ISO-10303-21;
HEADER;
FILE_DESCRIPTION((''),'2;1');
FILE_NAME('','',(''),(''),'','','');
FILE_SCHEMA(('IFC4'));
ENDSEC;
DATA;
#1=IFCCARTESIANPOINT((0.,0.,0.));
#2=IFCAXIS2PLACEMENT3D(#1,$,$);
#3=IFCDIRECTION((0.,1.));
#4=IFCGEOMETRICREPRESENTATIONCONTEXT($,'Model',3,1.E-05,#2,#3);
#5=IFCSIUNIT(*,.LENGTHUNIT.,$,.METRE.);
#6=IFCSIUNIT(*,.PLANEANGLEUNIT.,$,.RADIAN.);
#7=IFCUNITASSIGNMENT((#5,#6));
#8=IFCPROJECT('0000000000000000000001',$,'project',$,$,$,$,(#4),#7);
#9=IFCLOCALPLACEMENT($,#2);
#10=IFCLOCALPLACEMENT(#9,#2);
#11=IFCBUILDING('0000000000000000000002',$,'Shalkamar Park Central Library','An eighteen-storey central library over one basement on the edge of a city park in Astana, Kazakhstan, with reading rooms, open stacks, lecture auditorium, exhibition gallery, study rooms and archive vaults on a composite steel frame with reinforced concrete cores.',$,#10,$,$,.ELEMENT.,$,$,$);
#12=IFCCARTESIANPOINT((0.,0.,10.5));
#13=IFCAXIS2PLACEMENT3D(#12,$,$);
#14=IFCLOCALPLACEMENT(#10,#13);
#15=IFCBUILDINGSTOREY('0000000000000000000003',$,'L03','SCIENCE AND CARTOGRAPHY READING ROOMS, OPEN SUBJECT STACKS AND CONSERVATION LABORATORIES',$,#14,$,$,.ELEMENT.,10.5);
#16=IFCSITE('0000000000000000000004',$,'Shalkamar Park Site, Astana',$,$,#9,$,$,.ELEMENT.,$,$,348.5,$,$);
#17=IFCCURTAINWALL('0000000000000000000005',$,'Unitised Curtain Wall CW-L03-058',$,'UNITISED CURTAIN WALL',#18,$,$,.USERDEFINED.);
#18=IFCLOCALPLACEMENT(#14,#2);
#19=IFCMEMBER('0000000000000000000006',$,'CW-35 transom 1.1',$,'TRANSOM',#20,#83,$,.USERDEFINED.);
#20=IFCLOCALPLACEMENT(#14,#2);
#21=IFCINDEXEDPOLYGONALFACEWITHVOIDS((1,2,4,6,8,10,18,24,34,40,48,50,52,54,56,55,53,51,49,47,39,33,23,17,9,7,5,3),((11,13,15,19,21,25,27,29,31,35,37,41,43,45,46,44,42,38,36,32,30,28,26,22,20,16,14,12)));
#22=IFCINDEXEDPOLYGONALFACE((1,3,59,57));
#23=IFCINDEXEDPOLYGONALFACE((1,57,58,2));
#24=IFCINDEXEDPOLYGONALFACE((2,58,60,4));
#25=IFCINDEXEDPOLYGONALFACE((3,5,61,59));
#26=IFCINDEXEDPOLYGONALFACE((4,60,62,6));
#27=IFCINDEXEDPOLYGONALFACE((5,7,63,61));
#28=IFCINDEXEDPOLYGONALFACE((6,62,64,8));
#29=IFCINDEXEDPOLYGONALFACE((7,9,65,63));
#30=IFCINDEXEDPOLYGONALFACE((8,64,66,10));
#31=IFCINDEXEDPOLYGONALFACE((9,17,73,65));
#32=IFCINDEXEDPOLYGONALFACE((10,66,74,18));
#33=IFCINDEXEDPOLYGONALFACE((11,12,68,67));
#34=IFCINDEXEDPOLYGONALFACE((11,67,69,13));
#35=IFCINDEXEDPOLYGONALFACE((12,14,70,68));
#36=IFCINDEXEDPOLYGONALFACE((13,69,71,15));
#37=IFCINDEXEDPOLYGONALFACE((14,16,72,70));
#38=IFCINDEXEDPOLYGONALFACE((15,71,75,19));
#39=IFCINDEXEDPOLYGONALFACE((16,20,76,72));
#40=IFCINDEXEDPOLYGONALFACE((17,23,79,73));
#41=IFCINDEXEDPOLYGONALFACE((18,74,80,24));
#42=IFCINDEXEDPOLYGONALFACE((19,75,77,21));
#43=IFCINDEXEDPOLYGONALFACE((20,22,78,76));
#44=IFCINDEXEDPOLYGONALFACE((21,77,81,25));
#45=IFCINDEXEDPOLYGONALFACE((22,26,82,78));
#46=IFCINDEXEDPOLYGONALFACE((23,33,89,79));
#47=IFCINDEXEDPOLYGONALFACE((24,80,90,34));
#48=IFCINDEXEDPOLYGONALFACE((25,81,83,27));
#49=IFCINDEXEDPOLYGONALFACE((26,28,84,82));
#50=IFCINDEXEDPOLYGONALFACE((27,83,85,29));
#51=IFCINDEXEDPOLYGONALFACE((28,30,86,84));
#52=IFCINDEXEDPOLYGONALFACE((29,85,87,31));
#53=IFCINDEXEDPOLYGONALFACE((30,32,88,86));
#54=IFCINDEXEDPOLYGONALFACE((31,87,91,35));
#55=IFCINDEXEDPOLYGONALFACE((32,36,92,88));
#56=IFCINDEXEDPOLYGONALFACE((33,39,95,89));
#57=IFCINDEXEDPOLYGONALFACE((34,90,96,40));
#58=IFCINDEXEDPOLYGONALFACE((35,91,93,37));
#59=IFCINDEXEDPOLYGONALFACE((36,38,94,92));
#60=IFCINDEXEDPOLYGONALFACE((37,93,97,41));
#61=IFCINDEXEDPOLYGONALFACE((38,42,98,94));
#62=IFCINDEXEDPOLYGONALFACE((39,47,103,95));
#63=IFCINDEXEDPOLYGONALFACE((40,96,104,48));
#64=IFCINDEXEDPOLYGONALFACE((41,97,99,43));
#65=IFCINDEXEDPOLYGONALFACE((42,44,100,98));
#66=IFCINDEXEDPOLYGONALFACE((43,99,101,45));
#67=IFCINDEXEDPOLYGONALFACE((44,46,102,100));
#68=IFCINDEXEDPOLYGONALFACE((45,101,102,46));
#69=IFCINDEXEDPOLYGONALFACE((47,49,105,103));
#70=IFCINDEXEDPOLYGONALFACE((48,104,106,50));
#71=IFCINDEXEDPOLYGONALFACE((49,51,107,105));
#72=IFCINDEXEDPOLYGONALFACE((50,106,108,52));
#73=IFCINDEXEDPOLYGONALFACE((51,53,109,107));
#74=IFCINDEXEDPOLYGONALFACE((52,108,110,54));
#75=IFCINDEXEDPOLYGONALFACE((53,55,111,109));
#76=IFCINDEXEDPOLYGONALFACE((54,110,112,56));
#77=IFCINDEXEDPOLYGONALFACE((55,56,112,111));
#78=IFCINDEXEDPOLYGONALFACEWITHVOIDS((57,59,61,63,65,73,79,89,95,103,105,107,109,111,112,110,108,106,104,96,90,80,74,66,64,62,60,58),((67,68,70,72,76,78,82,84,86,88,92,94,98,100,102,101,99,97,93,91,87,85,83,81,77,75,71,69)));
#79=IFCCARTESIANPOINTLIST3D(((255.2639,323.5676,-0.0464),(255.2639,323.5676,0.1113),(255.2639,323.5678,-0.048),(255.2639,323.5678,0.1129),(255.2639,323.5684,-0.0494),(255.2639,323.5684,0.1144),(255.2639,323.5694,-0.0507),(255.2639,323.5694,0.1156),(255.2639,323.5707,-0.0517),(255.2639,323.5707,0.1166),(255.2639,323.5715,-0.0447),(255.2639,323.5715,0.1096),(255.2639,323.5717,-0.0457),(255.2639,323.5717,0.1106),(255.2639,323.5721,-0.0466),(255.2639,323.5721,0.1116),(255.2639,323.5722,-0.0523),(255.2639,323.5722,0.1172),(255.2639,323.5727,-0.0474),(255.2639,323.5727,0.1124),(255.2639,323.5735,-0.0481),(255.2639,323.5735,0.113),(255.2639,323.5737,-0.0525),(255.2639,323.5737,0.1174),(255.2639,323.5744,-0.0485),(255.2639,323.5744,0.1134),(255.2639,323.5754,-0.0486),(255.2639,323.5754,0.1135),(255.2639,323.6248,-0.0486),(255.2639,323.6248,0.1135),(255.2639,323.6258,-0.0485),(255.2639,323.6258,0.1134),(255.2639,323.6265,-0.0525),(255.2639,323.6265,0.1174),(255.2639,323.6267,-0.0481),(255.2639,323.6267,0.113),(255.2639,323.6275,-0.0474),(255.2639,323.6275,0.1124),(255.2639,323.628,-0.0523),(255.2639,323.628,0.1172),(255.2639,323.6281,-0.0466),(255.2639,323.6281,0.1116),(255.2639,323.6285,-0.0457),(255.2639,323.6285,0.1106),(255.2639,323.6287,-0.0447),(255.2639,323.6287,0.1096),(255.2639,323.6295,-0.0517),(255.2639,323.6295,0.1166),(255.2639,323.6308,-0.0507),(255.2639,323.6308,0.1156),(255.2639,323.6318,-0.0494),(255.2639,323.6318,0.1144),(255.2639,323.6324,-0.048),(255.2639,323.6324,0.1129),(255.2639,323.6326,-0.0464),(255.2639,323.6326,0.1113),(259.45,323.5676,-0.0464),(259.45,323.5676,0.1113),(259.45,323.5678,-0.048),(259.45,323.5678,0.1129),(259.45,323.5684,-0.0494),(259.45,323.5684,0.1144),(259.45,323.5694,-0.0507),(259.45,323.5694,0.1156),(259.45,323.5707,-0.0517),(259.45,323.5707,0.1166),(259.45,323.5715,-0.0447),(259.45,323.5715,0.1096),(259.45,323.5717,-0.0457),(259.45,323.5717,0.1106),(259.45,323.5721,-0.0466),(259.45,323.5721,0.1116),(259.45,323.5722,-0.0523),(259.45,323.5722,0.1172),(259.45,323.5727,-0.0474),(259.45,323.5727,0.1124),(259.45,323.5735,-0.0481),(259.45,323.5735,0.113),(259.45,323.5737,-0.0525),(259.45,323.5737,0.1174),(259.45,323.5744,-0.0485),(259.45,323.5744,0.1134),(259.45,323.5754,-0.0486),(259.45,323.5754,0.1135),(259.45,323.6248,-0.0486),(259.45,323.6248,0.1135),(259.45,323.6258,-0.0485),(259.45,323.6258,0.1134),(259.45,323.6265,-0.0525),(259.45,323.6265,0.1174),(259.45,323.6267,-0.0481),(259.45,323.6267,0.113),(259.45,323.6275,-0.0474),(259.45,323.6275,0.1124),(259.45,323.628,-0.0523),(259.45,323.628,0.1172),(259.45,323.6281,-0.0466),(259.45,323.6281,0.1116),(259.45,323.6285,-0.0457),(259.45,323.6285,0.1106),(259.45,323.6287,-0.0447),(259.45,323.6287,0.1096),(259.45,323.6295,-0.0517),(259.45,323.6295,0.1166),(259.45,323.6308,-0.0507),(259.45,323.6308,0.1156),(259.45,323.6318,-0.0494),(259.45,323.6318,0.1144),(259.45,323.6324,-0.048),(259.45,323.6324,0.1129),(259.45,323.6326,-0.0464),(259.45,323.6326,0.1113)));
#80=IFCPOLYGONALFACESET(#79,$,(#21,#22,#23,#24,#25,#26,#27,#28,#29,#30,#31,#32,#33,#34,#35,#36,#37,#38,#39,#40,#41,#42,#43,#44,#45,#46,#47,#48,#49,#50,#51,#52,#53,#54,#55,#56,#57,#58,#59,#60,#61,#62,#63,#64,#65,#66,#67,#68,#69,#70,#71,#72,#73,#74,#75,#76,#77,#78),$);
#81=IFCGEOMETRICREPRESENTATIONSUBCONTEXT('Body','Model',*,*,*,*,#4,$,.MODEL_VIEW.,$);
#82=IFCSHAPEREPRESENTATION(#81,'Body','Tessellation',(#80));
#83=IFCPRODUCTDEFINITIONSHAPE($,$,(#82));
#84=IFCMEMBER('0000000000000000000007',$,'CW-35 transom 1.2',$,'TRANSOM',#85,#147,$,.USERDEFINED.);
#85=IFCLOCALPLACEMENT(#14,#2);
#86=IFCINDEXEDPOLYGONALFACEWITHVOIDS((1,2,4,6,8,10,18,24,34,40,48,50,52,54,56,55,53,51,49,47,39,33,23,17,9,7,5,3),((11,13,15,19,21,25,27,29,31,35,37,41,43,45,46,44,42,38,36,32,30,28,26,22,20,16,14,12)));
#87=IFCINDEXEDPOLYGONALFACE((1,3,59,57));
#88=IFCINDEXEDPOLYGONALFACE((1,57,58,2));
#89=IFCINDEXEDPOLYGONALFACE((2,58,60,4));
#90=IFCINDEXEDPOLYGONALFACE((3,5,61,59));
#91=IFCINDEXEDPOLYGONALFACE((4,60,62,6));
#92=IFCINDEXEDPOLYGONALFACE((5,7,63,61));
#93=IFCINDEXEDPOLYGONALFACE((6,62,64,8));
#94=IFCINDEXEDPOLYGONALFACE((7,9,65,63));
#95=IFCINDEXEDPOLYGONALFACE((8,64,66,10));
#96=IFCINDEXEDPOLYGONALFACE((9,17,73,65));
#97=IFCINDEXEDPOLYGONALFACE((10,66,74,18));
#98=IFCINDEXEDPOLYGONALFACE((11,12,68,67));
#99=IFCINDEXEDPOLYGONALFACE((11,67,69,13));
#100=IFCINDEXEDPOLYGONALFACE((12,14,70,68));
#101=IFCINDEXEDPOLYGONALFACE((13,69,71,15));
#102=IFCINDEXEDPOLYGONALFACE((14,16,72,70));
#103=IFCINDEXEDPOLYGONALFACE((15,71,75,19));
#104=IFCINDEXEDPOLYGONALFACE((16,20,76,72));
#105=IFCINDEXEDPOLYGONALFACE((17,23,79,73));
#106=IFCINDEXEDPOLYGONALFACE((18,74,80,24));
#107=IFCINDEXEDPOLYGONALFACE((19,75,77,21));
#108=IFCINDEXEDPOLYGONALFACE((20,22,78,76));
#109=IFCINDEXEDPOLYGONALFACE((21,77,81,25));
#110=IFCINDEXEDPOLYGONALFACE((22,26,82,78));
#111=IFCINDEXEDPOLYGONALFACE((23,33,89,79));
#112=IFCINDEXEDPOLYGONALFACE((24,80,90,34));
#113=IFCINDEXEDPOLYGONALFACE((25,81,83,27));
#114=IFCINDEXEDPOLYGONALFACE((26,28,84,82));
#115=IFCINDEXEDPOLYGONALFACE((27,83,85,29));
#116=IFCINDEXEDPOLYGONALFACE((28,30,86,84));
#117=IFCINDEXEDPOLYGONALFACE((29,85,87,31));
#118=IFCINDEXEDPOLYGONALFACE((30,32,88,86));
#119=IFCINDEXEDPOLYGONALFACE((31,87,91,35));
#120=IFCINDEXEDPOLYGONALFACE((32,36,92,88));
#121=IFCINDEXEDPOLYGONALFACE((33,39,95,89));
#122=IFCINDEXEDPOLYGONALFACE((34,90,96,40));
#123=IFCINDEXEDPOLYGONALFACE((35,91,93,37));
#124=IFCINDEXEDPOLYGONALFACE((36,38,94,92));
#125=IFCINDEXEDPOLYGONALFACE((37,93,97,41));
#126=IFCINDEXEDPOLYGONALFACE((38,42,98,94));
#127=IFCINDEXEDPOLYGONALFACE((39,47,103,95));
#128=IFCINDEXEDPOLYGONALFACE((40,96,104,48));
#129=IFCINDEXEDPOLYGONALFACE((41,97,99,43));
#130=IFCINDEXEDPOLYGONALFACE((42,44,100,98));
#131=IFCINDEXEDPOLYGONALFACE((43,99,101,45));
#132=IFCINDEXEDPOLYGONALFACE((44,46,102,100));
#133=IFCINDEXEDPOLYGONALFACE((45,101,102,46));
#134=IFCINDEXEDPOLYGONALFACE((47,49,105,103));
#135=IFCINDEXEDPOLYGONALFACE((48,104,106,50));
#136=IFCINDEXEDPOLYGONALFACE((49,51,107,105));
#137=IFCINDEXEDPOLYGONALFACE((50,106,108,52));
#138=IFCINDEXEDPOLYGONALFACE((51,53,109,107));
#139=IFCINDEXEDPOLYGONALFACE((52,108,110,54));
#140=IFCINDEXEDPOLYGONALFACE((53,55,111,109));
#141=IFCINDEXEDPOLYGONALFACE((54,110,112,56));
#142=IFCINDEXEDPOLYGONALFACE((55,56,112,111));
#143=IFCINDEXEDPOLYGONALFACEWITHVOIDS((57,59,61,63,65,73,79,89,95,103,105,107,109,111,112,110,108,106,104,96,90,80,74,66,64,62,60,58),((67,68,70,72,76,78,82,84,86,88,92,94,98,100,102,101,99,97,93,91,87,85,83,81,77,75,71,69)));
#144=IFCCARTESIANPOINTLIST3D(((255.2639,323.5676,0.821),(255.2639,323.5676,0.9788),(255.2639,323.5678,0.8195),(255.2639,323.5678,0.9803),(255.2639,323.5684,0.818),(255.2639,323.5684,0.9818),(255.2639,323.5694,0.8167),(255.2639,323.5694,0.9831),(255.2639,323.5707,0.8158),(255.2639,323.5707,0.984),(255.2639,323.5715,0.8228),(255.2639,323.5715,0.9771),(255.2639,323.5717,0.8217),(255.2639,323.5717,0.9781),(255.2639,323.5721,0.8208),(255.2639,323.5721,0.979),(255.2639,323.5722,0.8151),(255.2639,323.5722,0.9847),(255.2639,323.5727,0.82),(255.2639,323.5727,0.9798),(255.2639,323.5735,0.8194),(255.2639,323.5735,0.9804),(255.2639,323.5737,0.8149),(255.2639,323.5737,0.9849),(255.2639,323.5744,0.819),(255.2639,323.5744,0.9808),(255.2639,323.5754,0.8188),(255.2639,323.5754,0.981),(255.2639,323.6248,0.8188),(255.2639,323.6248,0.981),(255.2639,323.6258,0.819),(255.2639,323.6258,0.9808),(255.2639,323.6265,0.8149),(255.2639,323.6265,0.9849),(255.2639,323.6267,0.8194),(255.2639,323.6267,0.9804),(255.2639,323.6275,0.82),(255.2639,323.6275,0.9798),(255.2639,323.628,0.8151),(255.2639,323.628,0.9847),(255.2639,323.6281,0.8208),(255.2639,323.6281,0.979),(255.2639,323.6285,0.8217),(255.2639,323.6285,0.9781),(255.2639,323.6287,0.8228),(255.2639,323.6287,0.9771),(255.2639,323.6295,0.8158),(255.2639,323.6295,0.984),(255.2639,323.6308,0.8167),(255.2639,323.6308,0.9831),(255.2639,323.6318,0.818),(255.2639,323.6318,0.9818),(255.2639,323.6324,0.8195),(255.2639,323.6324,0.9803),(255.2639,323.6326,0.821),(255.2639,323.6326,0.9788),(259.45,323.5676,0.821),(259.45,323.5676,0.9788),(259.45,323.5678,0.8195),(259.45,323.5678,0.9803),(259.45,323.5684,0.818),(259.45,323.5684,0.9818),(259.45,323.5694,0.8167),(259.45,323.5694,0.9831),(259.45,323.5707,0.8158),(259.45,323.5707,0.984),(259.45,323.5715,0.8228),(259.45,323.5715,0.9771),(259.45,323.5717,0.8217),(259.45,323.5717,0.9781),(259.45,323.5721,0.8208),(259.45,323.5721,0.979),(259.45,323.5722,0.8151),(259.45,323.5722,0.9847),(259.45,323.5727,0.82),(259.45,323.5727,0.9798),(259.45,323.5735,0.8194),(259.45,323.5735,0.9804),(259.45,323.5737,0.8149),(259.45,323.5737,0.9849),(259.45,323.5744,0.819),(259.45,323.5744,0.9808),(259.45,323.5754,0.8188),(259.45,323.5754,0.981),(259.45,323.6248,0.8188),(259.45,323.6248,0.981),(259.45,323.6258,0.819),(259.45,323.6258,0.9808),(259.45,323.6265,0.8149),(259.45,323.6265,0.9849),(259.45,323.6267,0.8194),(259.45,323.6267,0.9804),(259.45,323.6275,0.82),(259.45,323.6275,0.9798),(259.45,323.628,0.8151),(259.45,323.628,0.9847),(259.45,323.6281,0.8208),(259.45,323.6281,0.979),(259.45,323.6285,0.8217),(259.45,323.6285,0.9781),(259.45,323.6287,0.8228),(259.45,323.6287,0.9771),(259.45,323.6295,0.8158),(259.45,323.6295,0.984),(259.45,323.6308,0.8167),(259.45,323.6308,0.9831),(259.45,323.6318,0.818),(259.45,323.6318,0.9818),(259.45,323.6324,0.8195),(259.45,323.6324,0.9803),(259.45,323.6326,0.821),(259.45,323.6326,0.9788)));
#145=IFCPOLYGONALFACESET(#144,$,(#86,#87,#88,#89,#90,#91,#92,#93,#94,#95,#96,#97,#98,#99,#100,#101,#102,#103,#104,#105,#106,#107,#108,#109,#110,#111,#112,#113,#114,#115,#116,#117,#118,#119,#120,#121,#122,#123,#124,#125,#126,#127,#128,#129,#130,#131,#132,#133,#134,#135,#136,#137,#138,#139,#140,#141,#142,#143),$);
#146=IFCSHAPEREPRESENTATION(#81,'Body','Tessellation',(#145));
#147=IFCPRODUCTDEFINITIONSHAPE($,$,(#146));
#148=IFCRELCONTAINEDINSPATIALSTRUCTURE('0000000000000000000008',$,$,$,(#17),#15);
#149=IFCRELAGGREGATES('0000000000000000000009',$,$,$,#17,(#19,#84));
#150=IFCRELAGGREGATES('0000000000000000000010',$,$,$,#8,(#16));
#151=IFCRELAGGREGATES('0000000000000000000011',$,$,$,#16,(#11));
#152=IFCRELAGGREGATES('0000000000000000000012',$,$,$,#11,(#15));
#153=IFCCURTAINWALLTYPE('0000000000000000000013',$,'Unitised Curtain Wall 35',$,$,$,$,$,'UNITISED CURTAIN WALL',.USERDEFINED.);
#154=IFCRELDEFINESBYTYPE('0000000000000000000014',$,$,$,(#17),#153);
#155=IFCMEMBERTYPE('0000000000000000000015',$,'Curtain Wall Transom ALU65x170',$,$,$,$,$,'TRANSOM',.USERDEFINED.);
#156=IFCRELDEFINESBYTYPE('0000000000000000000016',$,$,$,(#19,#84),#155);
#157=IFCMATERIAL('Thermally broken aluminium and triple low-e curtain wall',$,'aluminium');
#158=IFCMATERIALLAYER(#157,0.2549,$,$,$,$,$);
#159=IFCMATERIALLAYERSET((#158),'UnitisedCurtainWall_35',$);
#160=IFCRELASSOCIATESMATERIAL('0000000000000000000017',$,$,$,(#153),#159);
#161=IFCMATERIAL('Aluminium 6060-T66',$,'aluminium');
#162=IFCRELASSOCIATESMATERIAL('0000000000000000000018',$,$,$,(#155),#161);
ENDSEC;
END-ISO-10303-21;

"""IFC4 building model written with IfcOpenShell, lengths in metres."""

from ifc_helpers import new_model, si_unit, direction, frame, origin, origin_2d, place, context, subcontext, project, spatial, hollow_rectangle, extrude, material, layer, layer_set, material_profile, profile_set, type_object, element, aggregate, save


model = new_model("IFC4")

# Units and contexts
model_context = context("Model", 3, precision=1e-05, world=origin(), true_north=direction((0.0, 1.0)))
body_context = subcontext(model_context, "Body", "Model", "MODEL_VIEW")
ifc_project = project(units=[si_unit("LENGTHUNIT", "METRE"), si_unit("PLANEANGLEUNIT", "RADIAN")], contexts=[model_context])

# Site, building, storey
site_placement = place(None, origin())
site = spatial("IfcSite", under=ifc_project, at=site_placement, Name="Shalkamar Park Site, Astana", CompositionType="ELEMENT", RefElevation=348.5)
building_placement = place(site_placement, origin())
building = spatial("IfcBuilding", under=site, at=building_placement, Name="Shalkamar Park Central Library", Description="An eighteen-storey central library over one basement on the edge of a city park in Astana, Kazakhstan, with reading rooms, open stacks, lecture auditorium, exhibition gallery, study rooms and archive vaults on a composite steel frame with reinforced concrete cores.", CompositionType="ELEMENT")
storey_placement = place(building_placement, frame((0.0, 0.0, 10.5)))
storey = spatial("IfcBuildingStorey", under=building, at=storey_placement, Name="L03", Description="SCIENCE AND CARTOGRAPHY READING ROOMS, OPEN SUBJECT STACKS AND CONSERVATION LABORATORIES", CompositionType="ELEMENT", Elevation=10.5)

# Shared definitions
ifc_material_1 = material(Name="Thermally broken aluminium and triple low-e curtain wall", Category="aluminium")
ifc_material_2 = material(Name="Aluminium 6060-T66", Category="aluminium")

# Curtain wall, members
ifc_layer_1 = layer(ifc_material_1, 0.2549)
ifc_layer_set_1 = layer_set([ifc_layer_1], Name="UnitisedCurtainWall_35")
curtain_wall_type_1 = type_object("IfcCurtainWallType", Name="Unitised Curtain Wall 35", ElementType="UNITISED CURTAIN WALL", PredefinedType="USERDEFINED", material=ifc_layer_set_1)
curtain_wall_1_placement = place(storey_placement, origin())
curtain_wall_1 = element("IfcCurtainWall", 1, at=curtain_wall_1_placement, inside=storey, type_object=curtain_wall_type_1, Name="Unitised Curtain Wall CW-L03-058", ObjectType="UNITISED CURTAIN WALL", PredefinedType="USERDEFINED")
ifc_material_profile_1 = material_profile(ifc_material_2, hollow_rectangle(XDim=0.0649, YDim=0.1699, WallThickness=0.0039, InnerFilletRadius=0.0039, OuterFilletRadius=0.0061, at=origin_2d()), Name="ALU 65x170x4")
ifc_profile_set_1 = profile_set([ifc_material_profile_1], Name="Aluminium 6060-T66")
member_type_1 = type_object("IfcMemberType", Name="Curtain Wall Transom ALU65x170", ElementType="TRANSOM", PredefinedType="USERDEFINED", material=ifc_profile_set_1)
member_1_placement = place(storey_placement, frame((255.2639, 323.6001, 0.0325), z_axis=(1.0, 0.0, 0.0), x_axis=(0.0, 1.0, 0.0)))
member_1 = element("IfcMember", 2, at=member_1_placement, type_object=member_type_1, Name="CW-35 transom 1.1", ObjectType="TRANSOM", PredefinedType="USERDEFINED", context=body_context, shape_type="SweptSolid", body=[
    extrude(hollow_rectangle(XDim=0.0649, YDim=0.1699, WallThickness=0.0039, InnerFilletRadius=0.0039, OuterFilletRadius=0.0061, at=origin_2d()), origin(), (0.0, 0.0, 1.0), 4.186),
])
member_2_placement = place(storey_placement, frame((255.2639, 323.6001, 0.8999), z_axis=(1.0, 0.0, 0.0), x_axis=(0.0, 1.0, 0.0)))
member_2 = element("IfcMember", 3, at=member_2_placement, type_object=member_type_1, Name="CW-35 transom 1.2", ObjectType="TRANSOM", PredefinedType="USERDEFINED", context=body_context, shape_type="SweptSolid", body=[
    extrude(hollow_rectangle(XDim=0.0649, YDim=0.1699, WallThickness=0.0039, InnerFilletRadius=0.0039, OuterFilletRadius=0.0061, at=origin_2d()), origin(), (0.0, 0.0, 1.0), 4.186),
])

aggregate(curtain_wall_1, [member_1, member_2])

save(model, "model.ifc")
